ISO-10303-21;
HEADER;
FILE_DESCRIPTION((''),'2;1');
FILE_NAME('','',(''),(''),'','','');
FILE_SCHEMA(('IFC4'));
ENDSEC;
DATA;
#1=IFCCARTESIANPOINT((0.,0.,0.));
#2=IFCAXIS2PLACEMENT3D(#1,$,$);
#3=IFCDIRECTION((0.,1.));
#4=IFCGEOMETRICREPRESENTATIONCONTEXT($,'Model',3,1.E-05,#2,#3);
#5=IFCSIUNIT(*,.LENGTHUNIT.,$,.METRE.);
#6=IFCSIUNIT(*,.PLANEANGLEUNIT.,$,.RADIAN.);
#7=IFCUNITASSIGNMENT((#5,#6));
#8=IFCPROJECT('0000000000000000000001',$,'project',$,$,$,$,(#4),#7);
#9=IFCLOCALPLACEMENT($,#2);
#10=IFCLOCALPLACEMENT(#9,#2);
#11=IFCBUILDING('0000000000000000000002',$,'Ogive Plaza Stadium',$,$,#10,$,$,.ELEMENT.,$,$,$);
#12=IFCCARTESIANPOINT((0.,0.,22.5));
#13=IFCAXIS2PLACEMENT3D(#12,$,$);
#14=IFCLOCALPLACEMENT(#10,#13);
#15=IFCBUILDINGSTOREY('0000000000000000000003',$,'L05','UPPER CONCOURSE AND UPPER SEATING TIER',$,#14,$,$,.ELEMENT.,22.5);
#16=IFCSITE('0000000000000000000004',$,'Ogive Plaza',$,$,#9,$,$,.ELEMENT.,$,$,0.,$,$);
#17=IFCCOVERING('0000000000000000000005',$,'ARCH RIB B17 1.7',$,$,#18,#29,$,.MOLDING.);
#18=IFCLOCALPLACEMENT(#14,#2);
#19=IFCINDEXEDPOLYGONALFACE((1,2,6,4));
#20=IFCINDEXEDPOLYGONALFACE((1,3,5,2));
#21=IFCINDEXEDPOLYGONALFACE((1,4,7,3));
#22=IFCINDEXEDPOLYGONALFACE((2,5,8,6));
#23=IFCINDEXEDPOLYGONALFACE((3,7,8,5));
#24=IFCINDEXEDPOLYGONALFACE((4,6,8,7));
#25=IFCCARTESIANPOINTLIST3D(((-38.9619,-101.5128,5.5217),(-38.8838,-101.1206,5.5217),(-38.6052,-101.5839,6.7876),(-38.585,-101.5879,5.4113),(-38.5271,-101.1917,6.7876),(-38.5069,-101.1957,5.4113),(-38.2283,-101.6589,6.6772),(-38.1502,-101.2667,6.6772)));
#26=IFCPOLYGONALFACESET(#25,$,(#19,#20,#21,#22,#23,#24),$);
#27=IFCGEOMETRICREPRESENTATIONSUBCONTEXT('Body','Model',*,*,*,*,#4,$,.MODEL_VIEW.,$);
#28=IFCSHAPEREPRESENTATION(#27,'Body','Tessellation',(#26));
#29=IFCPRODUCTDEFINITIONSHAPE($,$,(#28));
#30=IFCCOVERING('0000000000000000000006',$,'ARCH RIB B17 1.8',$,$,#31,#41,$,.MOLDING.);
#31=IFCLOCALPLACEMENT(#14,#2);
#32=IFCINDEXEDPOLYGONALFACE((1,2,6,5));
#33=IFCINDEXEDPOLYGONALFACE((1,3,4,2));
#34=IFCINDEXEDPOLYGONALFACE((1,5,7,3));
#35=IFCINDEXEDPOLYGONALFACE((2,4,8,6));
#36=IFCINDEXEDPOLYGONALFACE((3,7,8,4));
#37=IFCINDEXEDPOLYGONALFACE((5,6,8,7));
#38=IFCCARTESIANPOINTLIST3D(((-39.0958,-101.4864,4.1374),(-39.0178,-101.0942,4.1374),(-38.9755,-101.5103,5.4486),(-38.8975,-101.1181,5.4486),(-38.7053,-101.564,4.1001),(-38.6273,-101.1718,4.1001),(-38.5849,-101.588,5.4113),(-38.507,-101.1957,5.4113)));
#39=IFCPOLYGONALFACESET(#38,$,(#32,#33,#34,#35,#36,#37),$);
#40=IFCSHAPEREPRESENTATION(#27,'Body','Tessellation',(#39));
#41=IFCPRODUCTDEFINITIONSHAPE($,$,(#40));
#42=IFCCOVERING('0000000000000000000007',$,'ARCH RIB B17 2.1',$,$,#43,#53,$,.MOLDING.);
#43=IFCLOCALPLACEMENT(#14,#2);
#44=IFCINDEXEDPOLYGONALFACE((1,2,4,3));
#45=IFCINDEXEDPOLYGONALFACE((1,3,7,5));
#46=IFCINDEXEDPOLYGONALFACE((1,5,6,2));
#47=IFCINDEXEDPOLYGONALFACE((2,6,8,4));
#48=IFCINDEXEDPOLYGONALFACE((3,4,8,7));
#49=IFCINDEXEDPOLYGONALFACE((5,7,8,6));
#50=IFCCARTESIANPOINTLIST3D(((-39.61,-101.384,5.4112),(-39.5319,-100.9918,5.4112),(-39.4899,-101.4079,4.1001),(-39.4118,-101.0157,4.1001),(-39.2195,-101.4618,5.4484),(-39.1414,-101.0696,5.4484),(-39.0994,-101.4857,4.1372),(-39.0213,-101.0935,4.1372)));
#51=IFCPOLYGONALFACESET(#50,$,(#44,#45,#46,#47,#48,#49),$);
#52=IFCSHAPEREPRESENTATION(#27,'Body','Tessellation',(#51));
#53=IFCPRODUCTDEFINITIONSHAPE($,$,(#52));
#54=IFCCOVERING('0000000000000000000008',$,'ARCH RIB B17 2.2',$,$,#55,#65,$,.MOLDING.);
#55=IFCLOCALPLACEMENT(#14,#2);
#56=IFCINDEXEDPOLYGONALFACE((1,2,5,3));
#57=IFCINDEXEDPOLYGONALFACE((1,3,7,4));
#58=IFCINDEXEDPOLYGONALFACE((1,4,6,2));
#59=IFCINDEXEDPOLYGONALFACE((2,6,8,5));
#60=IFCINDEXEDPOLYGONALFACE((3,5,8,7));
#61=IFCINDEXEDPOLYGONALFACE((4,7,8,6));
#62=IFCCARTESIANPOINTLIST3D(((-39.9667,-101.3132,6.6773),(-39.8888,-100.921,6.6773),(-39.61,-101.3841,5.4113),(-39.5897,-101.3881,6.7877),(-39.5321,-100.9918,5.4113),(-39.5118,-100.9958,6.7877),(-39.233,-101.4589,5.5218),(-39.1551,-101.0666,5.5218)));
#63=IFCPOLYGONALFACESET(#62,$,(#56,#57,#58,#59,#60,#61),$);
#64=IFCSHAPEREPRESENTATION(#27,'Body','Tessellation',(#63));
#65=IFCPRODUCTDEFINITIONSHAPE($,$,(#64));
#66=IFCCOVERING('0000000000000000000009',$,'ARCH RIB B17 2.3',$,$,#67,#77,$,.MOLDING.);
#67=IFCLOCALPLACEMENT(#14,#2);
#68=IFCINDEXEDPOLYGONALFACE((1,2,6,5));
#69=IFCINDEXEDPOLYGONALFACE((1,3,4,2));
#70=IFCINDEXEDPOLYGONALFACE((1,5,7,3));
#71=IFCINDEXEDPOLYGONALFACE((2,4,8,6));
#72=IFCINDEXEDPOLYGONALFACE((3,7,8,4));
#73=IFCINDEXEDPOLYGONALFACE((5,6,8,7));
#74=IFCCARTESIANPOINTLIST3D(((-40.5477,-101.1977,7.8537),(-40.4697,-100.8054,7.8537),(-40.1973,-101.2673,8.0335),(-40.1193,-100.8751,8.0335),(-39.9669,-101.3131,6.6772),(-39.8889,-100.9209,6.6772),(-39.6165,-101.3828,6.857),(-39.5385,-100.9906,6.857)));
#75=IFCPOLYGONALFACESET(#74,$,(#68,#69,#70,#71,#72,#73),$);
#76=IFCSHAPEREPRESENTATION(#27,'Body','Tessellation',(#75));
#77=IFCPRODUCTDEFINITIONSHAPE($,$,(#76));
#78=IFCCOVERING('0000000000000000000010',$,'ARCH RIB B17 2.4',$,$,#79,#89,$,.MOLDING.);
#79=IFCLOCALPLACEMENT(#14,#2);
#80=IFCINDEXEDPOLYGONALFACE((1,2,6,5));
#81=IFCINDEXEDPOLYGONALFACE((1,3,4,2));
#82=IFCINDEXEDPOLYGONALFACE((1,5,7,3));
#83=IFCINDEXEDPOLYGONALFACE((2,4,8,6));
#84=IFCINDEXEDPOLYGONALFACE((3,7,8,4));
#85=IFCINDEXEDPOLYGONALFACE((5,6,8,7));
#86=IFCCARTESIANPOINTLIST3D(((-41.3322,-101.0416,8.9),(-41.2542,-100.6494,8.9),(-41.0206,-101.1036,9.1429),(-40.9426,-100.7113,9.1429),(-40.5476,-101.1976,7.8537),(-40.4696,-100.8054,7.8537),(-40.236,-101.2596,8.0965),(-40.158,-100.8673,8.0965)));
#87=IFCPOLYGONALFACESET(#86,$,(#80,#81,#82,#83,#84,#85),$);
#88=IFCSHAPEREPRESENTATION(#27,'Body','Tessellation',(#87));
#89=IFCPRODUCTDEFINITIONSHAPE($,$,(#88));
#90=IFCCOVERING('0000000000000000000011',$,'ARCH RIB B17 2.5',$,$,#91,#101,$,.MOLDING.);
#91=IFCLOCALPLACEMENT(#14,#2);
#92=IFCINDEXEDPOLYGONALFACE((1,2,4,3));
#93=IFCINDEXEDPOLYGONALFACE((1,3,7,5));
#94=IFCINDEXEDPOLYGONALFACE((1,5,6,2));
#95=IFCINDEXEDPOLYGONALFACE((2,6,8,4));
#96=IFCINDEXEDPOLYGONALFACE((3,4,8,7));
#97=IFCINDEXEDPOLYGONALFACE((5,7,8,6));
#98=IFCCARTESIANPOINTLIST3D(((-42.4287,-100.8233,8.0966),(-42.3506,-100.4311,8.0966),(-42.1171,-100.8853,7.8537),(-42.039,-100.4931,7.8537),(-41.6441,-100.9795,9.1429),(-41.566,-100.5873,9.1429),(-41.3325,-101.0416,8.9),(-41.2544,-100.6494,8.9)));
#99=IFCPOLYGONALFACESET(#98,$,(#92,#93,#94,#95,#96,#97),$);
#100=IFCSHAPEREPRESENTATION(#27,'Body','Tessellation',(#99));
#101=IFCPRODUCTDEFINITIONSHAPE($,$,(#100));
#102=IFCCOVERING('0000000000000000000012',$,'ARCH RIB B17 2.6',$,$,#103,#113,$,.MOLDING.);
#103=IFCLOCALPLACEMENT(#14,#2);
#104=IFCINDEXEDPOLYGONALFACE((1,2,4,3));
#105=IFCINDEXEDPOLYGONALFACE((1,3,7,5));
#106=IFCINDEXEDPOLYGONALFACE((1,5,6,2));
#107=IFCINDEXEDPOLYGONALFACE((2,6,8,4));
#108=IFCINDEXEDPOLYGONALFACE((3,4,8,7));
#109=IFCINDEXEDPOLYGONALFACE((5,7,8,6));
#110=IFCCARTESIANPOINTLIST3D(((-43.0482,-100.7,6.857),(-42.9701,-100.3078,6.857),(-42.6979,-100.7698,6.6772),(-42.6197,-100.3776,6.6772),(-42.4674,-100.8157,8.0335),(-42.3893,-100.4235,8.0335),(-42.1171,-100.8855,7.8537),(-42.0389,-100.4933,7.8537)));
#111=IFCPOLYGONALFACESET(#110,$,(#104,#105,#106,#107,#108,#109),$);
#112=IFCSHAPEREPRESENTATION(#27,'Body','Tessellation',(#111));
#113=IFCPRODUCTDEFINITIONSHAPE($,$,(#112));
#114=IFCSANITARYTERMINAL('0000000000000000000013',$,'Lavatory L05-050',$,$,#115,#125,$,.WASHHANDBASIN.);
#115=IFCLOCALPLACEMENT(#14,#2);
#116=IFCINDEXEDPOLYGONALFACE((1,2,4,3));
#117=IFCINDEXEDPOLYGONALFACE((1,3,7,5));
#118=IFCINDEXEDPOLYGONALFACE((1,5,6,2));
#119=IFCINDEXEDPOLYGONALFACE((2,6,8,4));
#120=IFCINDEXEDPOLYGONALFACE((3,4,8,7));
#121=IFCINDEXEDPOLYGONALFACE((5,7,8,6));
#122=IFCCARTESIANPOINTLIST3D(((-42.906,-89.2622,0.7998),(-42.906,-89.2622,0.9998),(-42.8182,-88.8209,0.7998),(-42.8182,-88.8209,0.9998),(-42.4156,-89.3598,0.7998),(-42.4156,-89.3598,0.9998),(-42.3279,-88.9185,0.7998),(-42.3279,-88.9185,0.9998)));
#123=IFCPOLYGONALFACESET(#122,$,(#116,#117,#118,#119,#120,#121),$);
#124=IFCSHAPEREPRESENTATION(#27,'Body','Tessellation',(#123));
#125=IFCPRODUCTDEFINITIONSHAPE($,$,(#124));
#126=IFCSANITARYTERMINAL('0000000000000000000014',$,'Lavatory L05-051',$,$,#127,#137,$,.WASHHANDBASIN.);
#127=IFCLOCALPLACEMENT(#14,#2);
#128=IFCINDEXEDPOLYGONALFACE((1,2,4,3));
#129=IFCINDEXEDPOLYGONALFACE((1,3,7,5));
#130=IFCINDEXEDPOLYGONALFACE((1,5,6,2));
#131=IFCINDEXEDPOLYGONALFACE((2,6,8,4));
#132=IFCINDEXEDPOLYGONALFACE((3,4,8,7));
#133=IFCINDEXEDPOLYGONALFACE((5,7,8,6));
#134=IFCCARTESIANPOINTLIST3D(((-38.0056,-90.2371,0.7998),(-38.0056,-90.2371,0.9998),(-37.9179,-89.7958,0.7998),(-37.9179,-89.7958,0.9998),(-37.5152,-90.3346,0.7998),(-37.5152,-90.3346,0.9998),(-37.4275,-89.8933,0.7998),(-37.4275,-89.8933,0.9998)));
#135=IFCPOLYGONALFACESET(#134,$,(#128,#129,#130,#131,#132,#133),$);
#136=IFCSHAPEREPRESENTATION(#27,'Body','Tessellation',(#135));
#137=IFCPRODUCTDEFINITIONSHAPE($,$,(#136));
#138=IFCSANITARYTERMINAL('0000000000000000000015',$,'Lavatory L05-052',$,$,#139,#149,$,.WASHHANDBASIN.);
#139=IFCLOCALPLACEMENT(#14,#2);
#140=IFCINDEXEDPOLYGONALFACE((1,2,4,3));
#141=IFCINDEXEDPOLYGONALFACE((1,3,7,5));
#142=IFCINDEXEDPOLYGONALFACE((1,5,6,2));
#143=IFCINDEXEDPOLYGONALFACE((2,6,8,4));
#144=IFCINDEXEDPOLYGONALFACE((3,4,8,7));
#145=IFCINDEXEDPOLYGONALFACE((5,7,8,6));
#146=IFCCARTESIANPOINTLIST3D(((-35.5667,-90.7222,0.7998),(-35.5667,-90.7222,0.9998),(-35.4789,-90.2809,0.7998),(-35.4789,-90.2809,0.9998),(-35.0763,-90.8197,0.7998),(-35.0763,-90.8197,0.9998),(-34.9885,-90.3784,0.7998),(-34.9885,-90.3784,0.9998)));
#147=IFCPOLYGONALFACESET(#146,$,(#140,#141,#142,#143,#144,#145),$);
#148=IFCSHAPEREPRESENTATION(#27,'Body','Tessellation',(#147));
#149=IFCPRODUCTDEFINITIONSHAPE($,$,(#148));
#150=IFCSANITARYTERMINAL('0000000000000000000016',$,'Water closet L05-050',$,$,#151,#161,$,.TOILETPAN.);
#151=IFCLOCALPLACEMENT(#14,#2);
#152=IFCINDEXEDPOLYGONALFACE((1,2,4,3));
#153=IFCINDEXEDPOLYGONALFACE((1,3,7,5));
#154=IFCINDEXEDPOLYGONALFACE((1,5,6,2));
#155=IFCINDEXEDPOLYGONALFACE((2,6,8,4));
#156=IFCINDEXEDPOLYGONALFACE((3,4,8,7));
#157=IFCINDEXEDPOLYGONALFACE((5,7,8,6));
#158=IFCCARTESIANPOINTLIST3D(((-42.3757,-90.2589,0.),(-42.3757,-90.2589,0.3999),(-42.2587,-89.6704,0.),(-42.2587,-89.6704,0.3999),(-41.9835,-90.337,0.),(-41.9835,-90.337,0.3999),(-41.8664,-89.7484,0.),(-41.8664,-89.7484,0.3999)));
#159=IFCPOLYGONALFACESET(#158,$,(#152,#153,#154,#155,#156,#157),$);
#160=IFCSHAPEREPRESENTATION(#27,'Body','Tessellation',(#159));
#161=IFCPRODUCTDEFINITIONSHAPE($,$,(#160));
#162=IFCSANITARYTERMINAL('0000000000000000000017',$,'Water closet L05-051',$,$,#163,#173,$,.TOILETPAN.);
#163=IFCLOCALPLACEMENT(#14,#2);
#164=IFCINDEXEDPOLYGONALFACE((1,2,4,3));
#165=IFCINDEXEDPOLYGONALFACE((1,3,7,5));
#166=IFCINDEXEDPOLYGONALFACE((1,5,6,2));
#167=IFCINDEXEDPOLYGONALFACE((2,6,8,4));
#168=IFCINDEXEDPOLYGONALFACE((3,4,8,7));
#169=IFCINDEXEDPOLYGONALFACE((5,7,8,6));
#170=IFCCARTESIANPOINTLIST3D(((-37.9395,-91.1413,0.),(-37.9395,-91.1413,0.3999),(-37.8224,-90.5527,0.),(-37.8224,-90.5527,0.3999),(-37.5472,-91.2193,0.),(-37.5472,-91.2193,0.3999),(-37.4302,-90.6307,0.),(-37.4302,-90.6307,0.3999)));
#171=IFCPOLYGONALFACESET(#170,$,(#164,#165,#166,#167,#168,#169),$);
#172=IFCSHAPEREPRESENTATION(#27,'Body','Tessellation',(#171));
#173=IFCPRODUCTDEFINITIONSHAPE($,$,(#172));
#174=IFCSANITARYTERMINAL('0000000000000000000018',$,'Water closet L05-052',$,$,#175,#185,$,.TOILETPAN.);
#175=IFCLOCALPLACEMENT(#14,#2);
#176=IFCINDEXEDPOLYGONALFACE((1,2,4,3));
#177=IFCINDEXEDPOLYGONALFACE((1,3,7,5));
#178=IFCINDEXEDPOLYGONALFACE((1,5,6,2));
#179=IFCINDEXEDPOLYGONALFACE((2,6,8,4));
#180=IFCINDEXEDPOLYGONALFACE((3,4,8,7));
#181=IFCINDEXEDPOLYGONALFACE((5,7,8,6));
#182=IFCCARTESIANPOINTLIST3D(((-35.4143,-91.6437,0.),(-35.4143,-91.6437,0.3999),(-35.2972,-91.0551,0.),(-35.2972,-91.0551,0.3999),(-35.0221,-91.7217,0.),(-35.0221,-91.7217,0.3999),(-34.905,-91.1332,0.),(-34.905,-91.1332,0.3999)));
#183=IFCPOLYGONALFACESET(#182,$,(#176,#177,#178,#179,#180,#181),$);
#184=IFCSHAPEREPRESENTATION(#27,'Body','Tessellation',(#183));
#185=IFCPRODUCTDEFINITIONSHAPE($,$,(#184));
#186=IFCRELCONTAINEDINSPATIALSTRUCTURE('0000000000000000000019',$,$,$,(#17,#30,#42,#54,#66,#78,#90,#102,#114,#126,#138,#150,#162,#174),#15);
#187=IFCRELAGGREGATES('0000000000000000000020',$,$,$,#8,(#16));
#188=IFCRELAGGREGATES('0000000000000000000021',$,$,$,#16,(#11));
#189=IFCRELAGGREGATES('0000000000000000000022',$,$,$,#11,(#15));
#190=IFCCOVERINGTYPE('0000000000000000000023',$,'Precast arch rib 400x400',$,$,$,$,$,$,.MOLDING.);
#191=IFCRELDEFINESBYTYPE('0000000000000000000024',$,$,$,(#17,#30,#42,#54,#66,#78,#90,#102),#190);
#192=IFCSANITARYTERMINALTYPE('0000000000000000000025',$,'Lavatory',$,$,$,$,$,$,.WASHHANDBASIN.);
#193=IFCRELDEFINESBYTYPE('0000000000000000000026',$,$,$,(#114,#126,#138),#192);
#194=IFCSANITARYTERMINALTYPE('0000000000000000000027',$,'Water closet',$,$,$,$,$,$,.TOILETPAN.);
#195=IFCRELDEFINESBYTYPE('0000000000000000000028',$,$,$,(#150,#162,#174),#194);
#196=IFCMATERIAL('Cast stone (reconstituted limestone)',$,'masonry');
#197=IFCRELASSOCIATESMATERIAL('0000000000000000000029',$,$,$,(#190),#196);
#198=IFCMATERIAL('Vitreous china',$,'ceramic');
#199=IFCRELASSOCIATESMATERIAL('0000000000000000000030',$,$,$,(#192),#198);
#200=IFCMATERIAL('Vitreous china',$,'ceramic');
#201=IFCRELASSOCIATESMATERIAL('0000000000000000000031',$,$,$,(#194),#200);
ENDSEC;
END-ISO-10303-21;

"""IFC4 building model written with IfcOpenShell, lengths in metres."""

from ifc_helpers import new_model, si_unit, direction, frame, origin, origin_2d, place, context, subcontext, project, spatial, rectangle, extrude, material, material_profile, profile_set, type_object, element, save


model = new_model("IFC4")

# Units and contexts
model_context = context("Model", 3, precision=1e-05, world=origin(), true_north=direction((0.0, 1.0)))
body_context = subcontext(model_context, "Body", "Model", "MODEL_VIEW")
ifc_project = project(units=[si_unit("LENGTHUNIT", "METRE"), si_unit("PLANEANGLEUNIT", "RADIAN")], contexts=[model_context])

# Site, building, storey
site_placement = place(None, origin())
site = spatial("IfcSite", under=ifc_project, at=site_placement, Name="Ogive Plaza", CompositionType="ELEMENT", RefElevation=0.0)
building_placement = place(site_placement, origin())
building = spatial("IfcBuilding", under=site, at=building_placement, Name="Ogive Plaza Stadium", CompositionType="ELEMENT")
storey_placement = place(building_placement, frame((0.0, 0.0, 22.5)))
storey = spatial("IfcBuildingStorey", under=building, at=storey_placement, Name="L05", Description="UPPER CONCOURSE AND UPPER SEATING TIER", CompositionType="ELEMENT", Elevation=22.5)

# Coverings
ifc_material_1 = material(Name="Cast stone (reconstituted limestone)", Category="masonry")
ifc_material_profile_1 = material_profile(ifc_material_1, rectangle(XDim=0.3999, YDim=0.3999, at=origin_2d()), Name="Cast stone 400x400")
ifc_profile_set_1 = profile_set([ifc_material_profile_1], Name="Cast stone (reconstituted limestone)")
covering_type = type_object("IfcCoveringType", Name="Precast arch rib 400x400", PredefinedType="MOLDING", material=ifc_profile_set_1)
covering_placement = place(storey_placement, frame((-38.3777, -101.4253, 6.7324), z_axis=(-0.270818, 0.053941, -0.961118), x_axis=(-0.195342, -0.980735, 0.0)))
element("IfcCovering", 1, at=covering_placement, inside=storey, type_object=covering_type, Name="ARCH RIB B17 1.7", PredefinedType="MOLDING", context=body_context, shape_type="SweptSolid", body=[
    extrude(rectangle(XDim=0.3999, YDim=0.3999, at=origin_2d()), origin(), (0.0, 0.0, 1.0), 1.3171),
])
for number, where, z_axis, x_axis, name in (
    (2, (-38.7412, -101.353, 5.4299), (-0.09139, 0.018167, -0.995649), (-0.194968, -0.98081, 0.0), "ARCH RIB B17 1.8"),
    (3, (-39.2556, -101.2507, 4.1187), (-0.091206, 0.018167, 0.995666), (-0.195349, -0.980734, 0.0), "ARCH RIB B17 2.1"),
):
    element("IfcCovering", number, at=place(storey_placement, frame(where, z_axis=z_axis, x_axis=x_axis)), inside=storey, type_object=covering_type, Name=name, PredefinedType="MOLDING", context=body_context, shape_type="SweptSolid", body=[
        extrude(rectangle(XDim=0.3999, YDim=0.3999, at=origin_2d()), origin(), (0.0, 0.0, 1.0), 1.3169),
    ])
for number, where, z_axis, x_axis, name in (
    (4, (-39.3826, -101.2253, 5.4666), (-0.270821, 0.053756, 0.961128), (-0.194696, -0.980864, 0.0), "ARCH RIB B17 2.2"),
    (5, (-39.7527, -101.1519, 6.7671), (-0.440963, 0.087674, 0.893233), (-0.195006, -0.980802, 0.0), "ARCH RIB B17 2.3"),
    (6, (-40.3528, -101.0325, 7.9751), (-0.595717, 0.118439, 0.794414), (-0.195001, -0.980803, 0.0), "ARCH RIB B17 2.4"),
    (7, (-41.4492, -100.8145, 9.0215), (-0.595704, 0.118622, -0.794396), (-0.195295, -0.980745, 0.0), "ARCH RIB B17 2.5"),
    (8, (-42.2532, -100.6545, 7.9436), (-0.440956, 0.087858, -0.893218), (-0.195403, -0.980723, 0.0), "ARCH RIB B17 2.6"),
):
    element("IfcCovering", number, at=place(storey_placement, frame(where, z_axis=z_axis, x_axis=x_axis)), inside=storey, type_object=covering_type, Name=name, PredefinedType="MOLDING", context=body_context, shape_type="SweptSolid", body=[
        extrude(rectangle(XDim=0.3999, YDim=0.3999, at=origin_2d()), origin(), (0.0, 0.0, 1.0), 1.3171),
    ])

# Sanitary terminals
ifc_material_2 = material(Name="Vitreous china", Category="ceramic")
sanitary_terminal_type_1 = type_object("IfcSanitaryTerminalType", Name="Lavatory", PredefinedType="WASHHANDBASIN", material=ifc_material_2)
for number, where, z_axis, x_axis, name in (
    (9, (-42.6169, -89.0903, 0.7998), (0.0, 0.0, 1.0), (0.980785, -0.19509, 0.0), "Lavatory L05-050"),
    (10, (-37.7166, -90.0652, 0.7998), (0.0, 0.0, 1.0), (-0.980785, 0.19509, 0.0), "Lavatory L05-051"),
    (11, (-35.2776, -90.5503, 0.7998), (0.0, 0.0, 1.0), (-0.980785, 0.19509, 0.0), "Lavatory L05-052"),
):
    element("IfcSanitaryTerminal", number, at=place(storey_placement, frame(where, z_axis=z_axis, x_axis=x_axis)), inside=storey, type_object=sanitary_terminal_type_1, Name=name, PredefinedType="WASHHANDBASIN", context=body_context, shape_type="SweptSolid", body=[
        extrude(rectangle(XDim=0.5, YDim=0.45, at=origin_2d()), origin(), (0.0, 0.0, 1.0), 0.2),
    ])
ifc_material_3 = material(Name="Vitreous china", Category="ceramic")
sanitary_terminal_type_2 = type_object("IfcSanitaryTerminalType", Name="Water closet", PredefinedType="TOILETPAN", material=ifc_material_3)
for number, where, z_axis, x_axis, name in (
    (12, (-42.1211, -90.0037, 0.0), (0.0, 0.0, 1.0), (0.980785, -0.19509, 0.0), "Water closet L05-050"),
    (13, (-37.6848, -90.886, 0.0), (0.0, 0.0, 1.0), (-0.980785, 0.19509, 0.0), "Water closet L05-051"),
    (14, (-35.1597, -91.3884, 0.0), (0.0, 0.0, 1.0), (-0.980785, 0.19509, 0.0), "Water closet L05-052"),
):
    element("IfcSanitaryTerminal", number, at=place(storey_placement, frame(where, z_axis=z_axis, x_axis=x_axis)), inside=storey, type_object=sanitary_terminal_type_2, Name=name, PredefinedType="TOILETPAN", context=body_context, shape_type="SweptSolid", body=[
        extrude(rectangle(XDim=0.3999, YDim=0.6001, at=origin_2d()), origin(), (0.0, 0.0, 1.0), 0.3999),
    ])

save(model, "model.ifc")
